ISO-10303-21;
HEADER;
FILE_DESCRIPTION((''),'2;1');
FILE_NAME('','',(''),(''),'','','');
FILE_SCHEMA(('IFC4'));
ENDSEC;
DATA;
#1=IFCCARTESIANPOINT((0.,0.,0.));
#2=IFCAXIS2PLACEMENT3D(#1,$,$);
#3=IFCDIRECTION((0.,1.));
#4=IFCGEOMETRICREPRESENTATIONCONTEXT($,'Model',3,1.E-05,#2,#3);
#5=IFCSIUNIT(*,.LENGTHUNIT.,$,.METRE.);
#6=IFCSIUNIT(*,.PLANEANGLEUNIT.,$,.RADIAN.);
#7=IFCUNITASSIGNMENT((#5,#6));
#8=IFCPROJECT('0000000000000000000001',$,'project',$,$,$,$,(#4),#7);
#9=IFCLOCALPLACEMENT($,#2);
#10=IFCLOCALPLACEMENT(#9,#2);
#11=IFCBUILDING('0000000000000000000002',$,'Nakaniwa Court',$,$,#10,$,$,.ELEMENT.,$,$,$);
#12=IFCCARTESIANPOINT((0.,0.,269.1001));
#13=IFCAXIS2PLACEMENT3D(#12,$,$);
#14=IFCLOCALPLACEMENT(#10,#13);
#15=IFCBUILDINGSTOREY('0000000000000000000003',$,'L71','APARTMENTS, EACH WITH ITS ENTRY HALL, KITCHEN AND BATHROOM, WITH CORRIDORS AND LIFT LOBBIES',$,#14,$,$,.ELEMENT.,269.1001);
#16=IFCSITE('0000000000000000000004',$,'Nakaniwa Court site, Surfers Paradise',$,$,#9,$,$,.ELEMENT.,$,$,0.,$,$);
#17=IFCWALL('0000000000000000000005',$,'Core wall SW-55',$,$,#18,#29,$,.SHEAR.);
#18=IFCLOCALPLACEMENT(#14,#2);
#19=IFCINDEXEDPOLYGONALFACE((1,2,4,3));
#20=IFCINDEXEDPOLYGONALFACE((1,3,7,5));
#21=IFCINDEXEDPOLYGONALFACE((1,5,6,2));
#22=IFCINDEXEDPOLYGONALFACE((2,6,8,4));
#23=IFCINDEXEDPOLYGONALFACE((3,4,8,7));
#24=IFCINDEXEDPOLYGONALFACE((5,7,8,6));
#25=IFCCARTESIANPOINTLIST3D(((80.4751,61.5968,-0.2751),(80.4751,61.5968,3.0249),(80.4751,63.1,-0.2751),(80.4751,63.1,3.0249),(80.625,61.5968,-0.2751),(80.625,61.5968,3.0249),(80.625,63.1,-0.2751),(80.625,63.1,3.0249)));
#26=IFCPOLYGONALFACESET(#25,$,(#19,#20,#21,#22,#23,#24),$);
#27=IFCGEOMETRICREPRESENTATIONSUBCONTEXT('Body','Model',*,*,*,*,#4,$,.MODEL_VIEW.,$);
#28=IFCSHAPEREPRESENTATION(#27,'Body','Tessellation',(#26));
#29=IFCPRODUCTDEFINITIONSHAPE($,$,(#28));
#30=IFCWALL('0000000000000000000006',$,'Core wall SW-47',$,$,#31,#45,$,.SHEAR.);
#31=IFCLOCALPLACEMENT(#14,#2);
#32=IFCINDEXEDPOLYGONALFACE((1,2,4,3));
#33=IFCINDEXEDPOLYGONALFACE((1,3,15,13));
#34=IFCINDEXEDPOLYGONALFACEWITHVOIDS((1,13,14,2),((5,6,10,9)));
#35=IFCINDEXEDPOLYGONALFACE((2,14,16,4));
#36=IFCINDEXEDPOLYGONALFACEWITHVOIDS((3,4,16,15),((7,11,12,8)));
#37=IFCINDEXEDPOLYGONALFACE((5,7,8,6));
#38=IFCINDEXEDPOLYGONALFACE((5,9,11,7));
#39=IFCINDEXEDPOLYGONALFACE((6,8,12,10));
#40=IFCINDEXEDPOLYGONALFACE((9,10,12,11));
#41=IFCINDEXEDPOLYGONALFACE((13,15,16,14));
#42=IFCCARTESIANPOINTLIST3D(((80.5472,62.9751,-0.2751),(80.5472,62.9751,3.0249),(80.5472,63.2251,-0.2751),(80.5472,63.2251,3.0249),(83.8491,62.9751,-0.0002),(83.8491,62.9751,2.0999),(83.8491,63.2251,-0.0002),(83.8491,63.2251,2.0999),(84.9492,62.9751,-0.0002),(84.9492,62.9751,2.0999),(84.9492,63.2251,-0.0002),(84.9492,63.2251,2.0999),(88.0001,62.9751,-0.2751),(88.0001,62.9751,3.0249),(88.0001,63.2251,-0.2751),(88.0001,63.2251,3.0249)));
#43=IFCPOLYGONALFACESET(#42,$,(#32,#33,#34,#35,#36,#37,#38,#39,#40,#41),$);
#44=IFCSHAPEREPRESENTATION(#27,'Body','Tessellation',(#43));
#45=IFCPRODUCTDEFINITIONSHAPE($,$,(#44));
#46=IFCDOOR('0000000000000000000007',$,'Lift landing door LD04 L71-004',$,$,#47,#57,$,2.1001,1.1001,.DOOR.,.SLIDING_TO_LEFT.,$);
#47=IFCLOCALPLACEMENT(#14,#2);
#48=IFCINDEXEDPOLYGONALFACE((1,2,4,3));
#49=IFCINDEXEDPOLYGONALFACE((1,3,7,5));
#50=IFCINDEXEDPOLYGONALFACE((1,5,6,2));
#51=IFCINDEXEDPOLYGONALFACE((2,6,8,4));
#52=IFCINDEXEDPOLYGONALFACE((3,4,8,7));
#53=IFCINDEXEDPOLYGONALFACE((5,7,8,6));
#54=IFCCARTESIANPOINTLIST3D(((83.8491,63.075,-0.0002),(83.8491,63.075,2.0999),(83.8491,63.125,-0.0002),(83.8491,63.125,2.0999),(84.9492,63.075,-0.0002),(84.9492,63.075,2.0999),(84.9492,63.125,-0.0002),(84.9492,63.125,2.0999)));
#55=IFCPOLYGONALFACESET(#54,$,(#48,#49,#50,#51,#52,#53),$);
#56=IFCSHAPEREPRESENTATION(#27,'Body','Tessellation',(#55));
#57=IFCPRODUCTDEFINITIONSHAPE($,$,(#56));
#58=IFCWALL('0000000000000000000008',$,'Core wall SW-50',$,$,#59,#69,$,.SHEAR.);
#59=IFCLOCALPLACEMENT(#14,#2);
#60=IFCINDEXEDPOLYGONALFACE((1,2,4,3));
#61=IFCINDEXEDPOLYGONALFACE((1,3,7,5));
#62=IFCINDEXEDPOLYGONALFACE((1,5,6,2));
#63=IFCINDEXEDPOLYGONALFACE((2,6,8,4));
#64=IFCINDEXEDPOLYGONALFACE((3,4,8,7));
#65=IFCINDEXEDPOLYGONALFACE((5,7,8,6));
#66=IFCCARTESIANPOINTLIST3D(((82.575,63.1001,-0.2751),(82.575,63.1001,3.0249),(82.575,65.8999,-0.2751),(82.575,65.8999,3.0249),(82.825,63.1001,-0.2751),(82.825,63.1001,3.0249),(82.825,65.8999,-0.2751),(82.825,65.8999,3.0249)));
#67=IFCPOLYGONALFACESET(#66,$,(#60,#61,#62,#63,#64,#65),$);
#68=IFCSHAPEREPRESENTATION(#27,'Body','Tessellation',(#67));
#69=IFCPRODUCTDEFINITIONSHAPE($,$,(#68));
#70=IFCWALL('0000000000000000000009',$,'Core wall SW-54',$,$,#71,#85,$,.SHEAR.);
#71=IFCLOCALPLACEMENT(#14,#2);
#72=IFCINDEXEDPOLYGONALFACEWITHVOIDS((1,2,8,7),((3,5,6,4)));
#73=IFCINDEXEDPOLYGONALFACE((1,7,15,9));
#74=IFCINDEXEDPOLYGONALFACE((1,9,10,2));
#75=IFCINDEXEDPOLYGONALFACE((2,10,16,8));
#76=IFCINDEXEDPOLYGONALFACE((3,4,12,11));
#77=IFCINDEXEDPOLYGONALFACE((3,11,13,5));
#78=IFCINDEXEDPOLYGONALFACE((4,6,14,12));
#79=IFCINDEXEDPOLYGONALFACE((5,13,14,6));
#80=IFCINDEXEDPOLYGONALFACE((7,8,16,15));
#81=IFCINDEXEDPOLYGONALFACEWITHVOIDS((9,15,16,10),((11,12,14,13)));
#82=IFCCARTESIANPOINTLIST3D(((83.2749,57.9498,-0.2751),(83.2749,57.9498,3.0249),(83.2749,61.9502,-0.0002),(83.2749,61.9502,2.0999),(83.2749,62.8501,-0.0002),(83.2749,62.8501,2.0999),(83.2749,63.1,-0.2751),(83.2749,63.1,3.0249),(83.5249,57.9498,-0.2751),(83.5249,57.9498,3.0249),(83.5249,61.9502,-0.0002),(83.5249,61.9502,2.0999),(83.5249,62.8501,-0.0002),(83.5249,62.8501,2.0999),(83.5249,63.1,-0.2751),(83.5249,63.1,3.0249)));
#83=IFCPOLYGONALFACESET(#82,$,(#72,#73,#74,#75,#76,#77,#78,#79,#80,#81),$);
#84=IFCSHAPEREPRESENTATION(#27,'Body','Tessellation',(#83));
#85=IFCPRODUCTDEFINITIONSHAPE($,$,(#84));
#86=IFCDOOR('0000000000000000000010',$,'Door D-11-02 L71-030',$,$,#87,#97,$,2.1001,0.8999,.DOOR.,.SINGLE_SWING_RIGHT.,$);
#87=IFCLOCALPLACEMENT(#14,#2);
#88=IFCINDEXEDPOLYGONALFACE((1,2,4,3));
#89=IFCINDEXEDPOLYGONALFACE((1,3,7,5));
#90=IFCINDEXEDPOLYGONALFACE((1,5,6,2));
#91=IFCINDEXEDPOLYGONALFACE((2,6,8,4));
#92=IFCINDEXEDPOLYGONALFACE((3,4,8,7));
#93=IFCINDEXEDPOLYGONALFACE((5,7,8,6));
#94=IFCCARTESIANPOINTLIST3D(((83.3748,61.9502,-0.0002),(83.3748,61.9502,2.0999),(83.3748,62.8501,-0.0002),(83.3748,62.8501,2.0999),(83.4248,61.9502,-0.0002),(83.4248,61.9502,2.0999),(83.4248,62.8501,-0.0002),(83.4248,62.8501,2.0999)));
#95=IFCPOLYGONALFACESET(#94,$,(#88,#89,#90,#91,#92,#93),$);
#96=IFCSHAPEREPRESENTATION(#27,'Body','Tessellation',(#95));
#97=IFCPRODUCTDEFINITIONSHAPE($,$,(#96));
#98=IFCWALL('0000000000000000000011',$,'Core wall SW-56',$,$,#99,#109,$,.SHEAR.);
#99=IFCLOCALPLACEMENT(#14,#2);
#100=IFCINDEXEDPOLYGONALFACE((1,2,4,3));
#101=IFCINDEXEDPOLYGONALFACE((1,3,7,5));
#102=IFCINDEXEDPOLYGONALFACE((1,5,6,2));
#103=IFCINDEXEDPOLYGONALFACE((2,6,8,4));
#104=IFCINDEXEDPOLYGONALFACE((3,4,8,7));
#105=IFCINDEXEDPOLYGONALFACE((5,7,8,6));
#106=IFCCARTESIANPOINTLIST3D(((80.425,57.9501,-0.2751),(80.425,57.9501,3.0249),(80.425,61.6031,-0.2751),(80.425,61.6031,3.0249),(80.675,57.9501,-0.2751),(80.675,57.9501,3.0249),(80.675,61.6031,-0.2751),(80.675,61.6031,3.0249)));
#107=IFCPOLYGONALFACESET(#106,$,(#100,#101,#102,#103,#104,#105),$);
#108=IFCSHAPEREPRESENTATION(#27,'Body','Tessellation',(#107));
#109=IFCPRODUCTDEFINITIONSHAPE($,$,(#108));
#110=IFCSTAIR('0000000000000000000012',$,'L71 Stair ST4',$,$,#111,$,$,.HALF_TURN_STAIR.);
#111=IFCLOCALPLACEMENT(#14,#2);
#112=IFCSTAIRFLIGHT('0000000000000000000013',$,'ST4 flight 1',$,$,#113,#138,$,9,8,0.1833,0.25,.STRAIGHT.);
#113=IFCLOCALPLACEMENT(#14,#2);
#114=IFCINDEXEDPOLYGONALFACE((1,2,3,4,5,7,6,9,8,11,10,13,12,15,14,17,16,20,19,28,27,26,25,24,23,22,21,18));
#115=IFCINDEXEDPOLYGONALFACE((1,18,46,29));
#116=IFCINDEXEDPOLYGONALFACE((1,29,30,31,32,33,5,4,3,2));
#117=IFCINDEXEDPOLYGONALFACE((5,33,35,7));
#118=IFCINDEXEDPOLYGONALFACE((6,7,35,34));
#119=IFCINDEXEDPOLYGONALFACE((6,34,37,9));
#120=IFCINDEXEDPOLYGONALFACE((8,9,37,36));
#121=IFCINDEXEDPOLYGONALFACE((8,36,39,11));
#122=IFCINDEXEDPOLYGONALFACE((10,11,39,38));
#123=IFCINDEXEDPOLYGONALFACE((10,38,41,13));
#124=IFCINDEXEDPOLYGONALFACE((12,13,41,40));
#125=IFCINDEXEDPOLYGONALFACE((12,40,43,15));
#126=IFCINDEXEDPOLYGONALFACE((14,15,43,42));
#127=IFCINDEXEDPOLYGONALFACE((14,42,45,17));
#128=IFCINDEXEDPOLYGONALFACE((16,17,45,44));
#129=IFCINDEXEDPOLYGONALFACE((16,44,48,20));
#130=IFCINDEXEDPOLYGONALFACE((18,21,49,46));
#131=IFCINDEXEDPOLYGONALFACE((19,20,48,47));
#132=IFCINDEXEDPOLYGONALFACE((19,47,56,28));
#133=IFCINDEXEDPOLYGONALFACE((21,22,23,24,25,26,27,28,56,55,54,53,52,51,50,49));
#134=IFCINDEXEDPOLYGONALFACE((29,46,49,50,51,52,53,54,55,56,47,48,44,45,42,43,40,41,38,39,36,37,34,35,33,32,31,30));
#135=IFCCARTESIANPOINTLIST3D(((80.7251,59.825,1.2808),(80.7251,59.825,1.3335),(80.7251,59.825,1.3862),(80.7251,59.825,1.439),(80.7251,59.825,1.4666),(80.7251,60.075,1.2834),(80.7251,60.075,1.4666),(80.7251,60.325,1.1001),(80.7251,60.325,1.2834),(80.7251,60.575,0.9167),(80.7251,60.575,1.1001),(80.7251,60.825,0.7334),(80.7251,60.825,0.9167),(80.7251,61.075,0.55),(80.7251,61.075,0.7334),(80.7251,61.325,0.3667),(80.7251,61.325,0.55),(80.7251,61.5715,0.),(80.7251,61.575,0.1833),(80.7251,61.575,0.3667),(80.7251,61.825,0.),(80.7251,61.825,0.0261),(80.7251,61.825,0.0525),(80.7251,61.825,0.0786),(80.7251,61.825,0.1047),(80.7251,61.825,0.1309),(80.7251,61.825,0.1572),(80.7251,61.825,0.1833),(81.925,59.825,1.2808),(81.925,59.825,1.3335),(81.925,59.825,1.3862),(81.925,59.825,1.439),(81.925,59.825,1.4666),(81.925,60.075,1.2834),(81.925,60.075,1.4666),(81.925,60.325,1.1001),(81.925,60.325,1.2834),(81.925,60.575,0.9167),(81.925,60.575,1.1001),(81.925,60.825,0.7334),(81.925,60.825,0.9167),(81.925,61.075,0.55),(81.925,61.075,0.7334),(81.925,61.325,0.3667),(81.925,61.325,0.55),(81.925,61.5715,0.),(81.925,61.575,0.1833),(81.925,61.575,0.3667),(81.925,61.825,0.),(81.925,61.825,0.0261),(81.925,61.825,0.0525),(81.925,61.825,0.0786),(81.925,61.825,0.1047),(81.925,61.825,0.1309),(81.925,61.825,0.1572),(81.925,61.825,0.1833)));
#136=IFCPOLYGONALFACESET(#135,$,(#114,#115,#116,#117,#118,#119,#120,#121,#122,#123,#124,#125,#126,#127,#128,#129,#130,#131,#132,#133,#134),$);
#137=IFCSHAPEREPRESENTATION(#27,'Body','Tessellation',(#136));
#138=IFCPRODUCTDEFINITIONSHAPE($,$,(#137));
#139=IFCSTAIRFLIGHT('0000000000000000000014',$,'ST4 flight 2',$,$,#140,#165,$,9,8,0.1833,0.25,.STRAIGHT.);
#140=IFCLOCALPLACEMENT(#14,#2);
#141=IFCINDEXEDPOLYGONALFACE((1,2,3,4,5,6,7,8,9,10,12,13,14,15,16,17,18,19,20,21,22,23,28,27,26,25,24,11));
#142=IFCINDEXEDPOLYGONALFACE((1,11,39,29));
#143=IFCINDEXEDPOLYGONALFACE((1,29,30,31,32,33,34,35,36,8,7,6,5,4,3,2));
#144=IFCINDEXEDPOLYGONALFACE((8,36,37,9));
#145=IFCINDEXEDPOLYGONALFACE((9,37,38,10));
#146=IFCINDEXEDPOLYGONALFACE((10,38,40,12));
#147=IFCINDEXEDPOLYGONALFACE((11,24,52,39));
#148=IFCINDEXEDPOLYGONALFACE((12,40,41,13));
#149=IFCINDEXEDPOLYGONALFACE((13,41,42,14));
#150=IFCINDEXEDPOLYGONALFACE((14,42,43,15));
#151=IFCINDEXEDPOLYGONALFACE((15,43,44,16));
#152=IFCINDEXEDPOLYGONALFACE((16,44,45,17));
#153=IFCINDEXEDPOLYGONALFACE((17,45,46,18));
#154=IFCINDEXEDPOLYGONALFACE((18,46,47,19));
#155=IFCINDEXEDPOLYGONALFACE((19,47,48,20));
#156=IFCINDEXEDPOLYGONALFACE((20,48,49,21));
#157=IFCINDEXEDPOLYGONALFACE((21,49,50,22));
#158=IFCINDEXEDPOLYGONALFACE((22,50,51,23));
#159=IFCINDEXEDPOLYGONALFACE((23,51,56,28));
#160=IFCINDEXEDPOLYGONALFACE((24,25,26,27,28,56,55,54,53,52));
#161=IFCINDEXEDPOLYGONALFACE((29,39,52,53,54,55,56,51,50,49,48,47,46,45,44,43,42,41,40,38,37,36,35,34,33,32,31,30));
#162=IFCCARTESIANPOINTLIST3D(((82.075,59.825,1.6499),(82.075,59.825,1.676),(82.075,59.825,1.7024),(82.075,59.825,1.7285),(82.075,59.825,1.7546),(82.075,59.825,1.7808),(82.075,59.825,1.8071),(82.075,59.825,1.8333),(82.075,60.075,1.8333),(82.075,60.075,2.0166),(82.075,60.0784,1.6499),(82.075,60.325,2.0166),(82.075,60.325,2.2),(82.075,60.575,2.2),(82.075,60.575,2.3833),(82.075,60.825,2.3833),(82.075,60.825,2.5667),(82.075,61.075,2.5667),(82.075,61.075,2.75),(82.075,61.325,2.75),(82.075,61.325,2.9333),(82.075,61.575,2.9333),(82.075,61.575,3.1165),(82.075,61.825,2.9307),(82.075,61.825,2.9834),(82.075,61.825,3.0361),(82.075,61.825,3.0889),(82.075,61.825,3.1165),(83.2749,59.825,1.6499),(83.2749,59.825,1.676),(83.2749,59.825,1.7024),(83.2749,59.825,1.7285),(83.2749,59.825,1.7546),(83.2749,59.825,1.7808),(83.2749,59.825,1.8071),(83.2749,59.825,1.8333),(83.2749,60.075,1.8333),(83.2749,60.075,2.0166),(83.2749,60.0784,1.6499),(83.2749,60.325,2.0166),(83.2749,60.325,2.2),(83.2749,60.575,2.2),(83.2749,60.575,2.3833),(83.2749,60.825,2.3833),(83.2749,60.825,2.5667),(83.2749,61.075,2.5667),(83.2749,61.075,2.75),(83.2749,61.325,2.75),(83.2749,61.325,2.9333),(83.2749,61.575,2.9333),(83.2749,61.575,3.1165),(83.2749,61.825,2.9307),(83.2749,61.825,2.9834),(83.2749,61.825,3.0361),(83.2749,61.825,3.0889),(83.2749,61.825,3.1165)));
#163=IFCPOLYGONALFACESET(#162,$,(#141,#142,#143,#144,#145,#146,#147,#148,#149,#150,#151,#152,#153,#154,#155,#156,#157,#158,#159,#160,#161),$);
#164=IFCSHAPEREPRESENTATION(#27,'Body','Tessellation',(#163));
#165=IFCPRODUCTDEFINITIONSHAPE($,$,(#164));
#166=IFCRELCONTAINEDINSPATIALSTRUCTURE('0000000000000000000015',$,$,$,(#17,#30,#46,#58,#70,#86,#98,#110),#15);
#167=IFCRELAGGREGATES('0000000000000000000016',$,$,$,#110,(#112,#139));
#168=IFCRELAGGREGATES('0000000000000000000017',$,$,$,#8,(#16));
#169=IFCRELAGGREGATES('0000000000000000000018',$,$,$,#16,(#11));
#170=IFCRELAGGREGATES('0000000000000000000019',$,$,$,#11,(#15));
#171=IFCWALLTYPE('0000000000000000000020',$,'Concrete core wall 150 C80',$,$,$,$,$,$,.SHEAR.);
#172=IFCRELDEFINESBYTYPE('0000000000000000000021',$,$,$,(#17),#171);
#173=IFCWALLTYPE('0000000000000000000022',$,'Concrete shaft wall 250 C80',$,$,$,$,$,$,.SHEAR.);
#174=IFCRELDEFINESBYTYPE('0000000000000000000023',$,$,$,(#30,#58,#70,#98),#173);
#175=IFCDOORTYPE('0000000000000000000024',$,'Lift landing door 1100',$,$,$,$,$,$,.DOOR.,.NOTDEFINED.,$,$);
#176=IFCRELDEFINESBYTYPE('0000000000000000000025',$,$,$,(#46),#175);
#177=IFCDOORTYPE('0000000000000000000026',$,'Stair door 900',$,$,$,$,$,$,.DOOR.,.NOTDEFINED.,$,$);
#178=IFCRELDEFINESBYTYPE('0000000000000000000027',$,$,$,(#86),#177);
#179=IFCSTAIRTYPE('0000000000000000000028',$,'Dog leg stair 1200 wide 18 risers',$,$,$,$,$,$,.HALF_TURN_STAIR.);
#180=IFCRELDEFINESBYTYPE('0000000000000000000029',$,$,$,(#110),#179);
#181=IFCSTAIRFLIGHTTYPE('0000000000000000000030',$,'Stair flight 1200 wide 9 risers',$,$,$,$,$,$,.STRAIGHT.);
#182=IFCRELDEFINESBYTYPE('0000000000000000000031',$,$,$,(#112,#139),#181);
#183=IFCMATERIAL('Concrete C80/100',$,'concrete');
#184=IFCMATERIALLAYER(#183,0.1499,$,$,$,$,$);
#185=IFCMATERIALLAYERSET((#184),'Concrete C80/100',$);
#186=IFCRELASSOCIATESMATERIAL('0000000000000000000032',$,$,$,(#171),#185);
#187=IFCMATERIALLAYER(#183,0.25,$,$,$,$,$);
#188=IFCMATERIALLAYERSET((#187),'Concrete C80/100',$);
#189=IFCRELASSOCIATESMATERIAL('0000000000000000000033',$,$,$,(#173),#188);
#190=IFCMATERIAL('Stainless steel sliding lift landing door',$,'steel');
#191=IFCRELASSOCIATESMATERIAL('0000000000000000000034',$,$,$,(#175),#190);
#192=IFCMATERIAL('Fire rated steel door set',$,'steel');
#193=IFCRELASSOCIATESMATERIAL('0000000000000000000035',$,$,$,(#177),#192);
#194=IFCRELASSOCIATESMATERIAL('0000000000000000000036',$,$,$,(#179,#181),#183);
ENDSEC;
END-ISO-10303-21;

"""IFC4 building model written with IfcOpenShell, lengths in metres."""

from ifc_helpers import new_model, si_unit, direction, frame, frame_2d, origin, place, context, subcontext, project, spatial, polyline, rectangle, outline, extrude, material, layer, layer_set, type_object, element, fill, aggregate, save


model = new_model("IFC4")

# Units and contexts
model_context = context("Model", 3, precision=1e-05, world=origin(), true_north=direction((0.0, 1.0)))
body_context = subcontext(model_context, "Body", "Model", "MODEL_VIEW")
ifc_project = project(units=[si_unit("LENGTHUNIT", "METRE"), si_unit("PLANEANGLEUNIT", "RADIAN")], contexts=[model_context])

# Site, building, storey
site_placement = place(None, origin())
site = spatial("IfcSite", under=ifc_project, at=site_placement, Name="Nakaniwa Court site, Surfers Paradise", CompositionType="ELEMENT", RefElevation=0.0)
building_placement = place(site_placement, origin())
building = spatial("IfcBuilding", under=site, at=building_placement, Name="Nakaniwa Court", CompositionType="ELEMENT")
storey_placement = place(building_placement, frame((0.0, 0.0, 269.1001)))
storey = spatial("IfcBuildingStorey", under=building, at=storey_placement, Name="L71", Description="APARTMENTS, EACH WITH ITS ENTRY HALL, KITCHEN AND BATHROOM, WITH CORRIDORS AND LIFT LOBBIES", CompositionType="ELEMENT", Elevation=269.1001)

# Shared definitions
ifc_material_1 = material(Name="Fire rated steel door set", Category="steel")

# Wall
ifc_material_2 = material(Name="Concrete C80/100", Category="concrete")
ifc_layer_1 = layer(ifc_material_2, 0.1499)
ifc_layer_set_1 = layer_set([ifc_layer_1], Name="Concrete C80/100")
wall_type_1 = type_object("IfcWallType", Name="Concrete core wall 150 C80", PredefinedType="SHEAR", material=ifc_layer_set_1)
wall_1_placement = place(storey_placement, frame((80.55, 61.5969, -0.2751), z_axis=(0.0, 0.0, 1.0), x_axis=(0.0, 1.0, 0.0)))
element("IfcWall", 1, at=wall_1_placement, inside=storey, type_object=wall_type_1, Name="Core wall SW-55", PredefinedType="SHEAR", context=body_context, shape_type="SweptSolid", body=[
    extrude(rectangle(XDim=1.5032, YDim=0.1499, at=frame_2d((0.7515, 0.0))), origin(), (0.0, 0.0, 1.0), 3.3),
])

# Wall, opening, door
ifc_layer_2 = layer(ifc_material_2, 0.25)
ifc_layer_set_2 = layer_set([ifc_layer_2], Name="Concrete C80/100")
wall_type_2 = type_object("IfcWallType", Name="Concrete shaft wall 250 C80", PredefinedType="SHEAR", material=ifc_layer_set_2)
wall_2_placement = place(storey_placement, frame((80.5471, 63.1001, -0.2751), z_axis=(0.0, 0.0, 1.0), x_axis=(1.0, 0.0, 0.0)))
wall_2 = element("IfcWall", 2, at=wall_2_placement, inside=storey, type_object=wall_type_2, Name="Core wall SW-47", PredefinedType="SHEAR", context=body_context, shape_type="SweptSolid", body=[
    extrude(rectangle(XDim=7.4529, YDim=0.25, at=frame_2d((3.7266, 0.0))), origin(), (0.0, 0.0, 1.0), 3.3),
])
opening_1_placement = place(wall_2_placement, frame((3.302, 0.0, 0.2749)))
opening_1 = element("IfcOpeningElement", 3, at=opening_1_placement, cuts=wall_2, PredefinedType="OPENING", context=body_context, shape_type="SweptSolid", body=[
    extrude(rectangle(XDim=1.1001, YDim=2.1001, at=frame_2d((0.55, 1.05))), frame((0.0, 0.135, 0.0), z_axis=(0.0, -1.0, 0.0), x_axis=(1.0, 0.0, 0.0)), (0.0, 0.0, 1.0), 0.27),
])
ifc_material_3 = material(Name="Stainless steel sliding lift landing door", Category="steel")
door_type_1 = type_object("IfcDoorType", Name="Lift landing door 1100", OperationType="NOTDEFINED", PredefinedType="DOOR", material=ifc_material_3)
door_1_placement = place(opening_1_placement, origin())
door_1 = element("IfcDoor", 4, at=door_1_placement, inside=storey, type_object=door_type_1, Name="Lift landing door LD04 L71-004", OperationType="SLIDING_TO_LEFT", OverallHeight=2.1001, OverallWidth=1.1001, PredefinedType="DOOR", context=body_context, shape_type="SweptSolid", body=[
    extrude(rectangle(XDim=1.1001, YDim=2.1001, at=frame_2d((0.55, 1.05))), frame((0.0, 0.0249, 0.0), z_axis=(0.0, -1.0, 0.0), x_axis=(1.0, 0.0, 0.0)), (0.0, 0.0, 1.0), 0.05),
])
fill(opening_1, door_1)

# Wall
wall_3_placement = place(storey_placement, frame((82.7, 63.1001, -0.2751), z_axis=(0.0, 0.0, 1.0), x_axis=(0.0, 1.0, 0.0)))
element("IfcWall", 5, at=wall_3_placement, inside=storey, type_object=wall_type_2, Name="Core wall SW-50", PredefinedType="SHEAR", context=body_context, shape_type="SweptSolid", body=[
    extrude(rectangle(XDim=2.7998, YDim=0.25, at=frame_2d((1.3999, 0.0))), origin(), (0.0, 0.0, 1.0), 3.3),
])

# Wall, opening, door
wall_4_placement = place(storey_placement, frame((83.3999, 63.1001, -0.2751), z_axis=(0.0, 0.0, 1.0), x_axis=(0.0, -1.0, 0.0)))
wall_4 = element("IfcWall", 6, at=wall_4_placement, inside=storey, type_object=wall_type_2, Name="Core wall SW-54", PredefinedType="SHEAR", context=body_context, shape_type="SweptSolid", body=[
    extrude(rectangle(XDim=5.1501, YDim=0.25, at=frame_2d((2.5752, 0.0))), origin(), (0.0, 0.0, 1.0), 3.3),
])
opening_2_placement = place(wall_4_placement, frame((0.25, 0.0, 0.2749)))
opening_2 = element("IfcOpeningElement", 7, at=opening_2_placement, cuts=wall_4, PredefinedType="OPENING", context=body_context, shape_type="SweptSolid", body=[
    extrude(rectangle(XDim=0.8999, YDim=2.1001, at=frame_2d((0.45, 1.05))), frame((0.0, 0.135, 0.0), z_axis=(0.0, -1.0, 0.0), x_axis=(1.0, 0.0, 0.0)), (0.0, 0.0, 1.0), 0.27),
])
door_type_2 = type_object("IfcDoorType", Name="Stair door 900", OperationType="NOTDEFINED", PredefinedType="DOOR", material=ifc_material_1)
door_2_placement = place(opening_2_placement, origin())
door_2 = element("IfcDoor", 8, at=door_2_placement, inside=storey, type_object=door_type_2, Name="Door D-11-02 L71-030", OperationType="SINGLE_SWING_RIGHT", OverallHeight=2.1001, OverallWidth=0.8999, PredefinedType="DOOR", context=body_context, shape_type="SweptSolid", body=[
    extrude(rectangle(XDim=0.8999, YDim=2.1001, at=frame_2d((0.45, 1.05))), frame((0.0, 0.0249, 0.0), z_axis=(0.0, -1.0, 0.0), x_axis=(1.0, 0.0, 0.0)), (0.0, 0.0, 1.0), 0.05),
])
fill(opening_2, door_2)

# Wall
wall_5_placement = place(storey_placement, frame((80.55, 57.95, -0.2751), z_axis=(0.0, 0.0, 1.0), x_axis=(0.0, 1.0, 0.0)))
element("IfcWall", 9, at=wall_5_placement, inside=storey, type_object=wall_type_2, Name="Core wall SW-56", PredefinedType="SHEAR", context=body_context, shape_type="SweptSolid", body=[
    extrude(rectangle(XDim=3.6531, YDim=0.25, at=frame_2d((1.8267, 0.0))), origin(), (0.0, 0.0, 1.0), 3.3),
])

# Stair, stair flights
stair_type = type_object("IfcStairType", Name="Dog leg stair 1200 wide 18 risers", PredefinedType="HALF_TURN_STAIR", material=ifc_material_2)
stair_placement = place(storey_placement, origin())
stair = element("IfcStair", 10, at=stair_placement, inside=storey, type_object=stair_type, Name="L71 Stair ST4", PredefinedType="HALF_TURN_STAIR")
stair_flight_type = type_object("IfcStairFlightType", Name="Stair flight 1200 wide 9 risers", PredefinedType="STRAIGHT", material=ifc_material_2)
stair_flight_1_placement = place(storey_placement, frame((81.325, 61.825, 0.0), z_axis=(0.0, 0.0, 1.0), x_axis=(0.0, -1.0, 0.0)))
stair_flight_1 = element("IfcStairFlight", 11, at=stair_flight_1_placement, type_object=stair_flight_type, Name="ST4 flight 1", NumberOfRisers=9, NumberOfTreads=8, PredefinedType="STRAIGHT", RiserHeight=0.1833, TreadLength=0.25, context=body_context, shape_type="SweptSolid", body=[
    extrude(outline(polyline([(0.0, 0.0), (0.0, 0.0261), (0.0, 0.0525), (0.0, 0.0786), (0.0, 0.1047), (0.0, 0.1309), (0.0, 0.1572), (0.0, 0.1833), (0.25, 0.1833), (0.25, 0.3667), (0.5, 0.3667), (0.5, 0.55), (0.75, 0.55), (0.75, 0.7334), (1.0, 0.7334), (1.0, 0.9167), (1.25, 0.9167), (1.25, 1.1001), (1.5, 1.1001), (1.5, 1.2834), (1.75, 1.2834), (1.75, 1.4666), (2.0, 1.4666), (2.0, 1.6499), (2.0, 1.5972), (2.0, 1.5444), (2.0, 1.4917), (2.0, 1.439), (2.0, 1.3862), (2.0, 1.3335), (2.0, 1.2808), (0.2534, 0.0), (0.0, 0.0)])), frame((0.0, 0.6001, 0.0), z_axis=(0.0, -1.0, 0.0), x_axis=(1.0, 0.0, 0.0)), (0.0, 0.0, 1.0), 1.2),
])
stair_flight_2_placement = place(storey_placement, frame((82.675, 59.825, 1.6499), z_axis=(0.0, 0.0, 1.0), x_axis=(0.0, 1.0, 0.0)))
stair_flight_2 = element("IfcStairFlight", 12, at=stair_flight_2_placement, type_object=stair_flight_type, Name="ST4 flight 2", NumberOfRisers=9, NumberOfTreads=8, PredefinedType="STRAIGHT", RiserHeight=0.1833, TreadLength=0.25, context=body_context, shape_type="SweptSolid", body=[
    extrude(outline(polyline([(0.0, 0.0), (0.0, 0.0261), (0.0, 0.0525), (0.0, 0.0786), (0.0, 0.1047), (0.0, 0.1309), (0.0, 0.1572), (0.0, 0.1833), (0.25, 0.1833), (0.25, 0.3667), (0.5, 0.3667), (0.5, 0.55), (0.75, 0.55), (0.75, 0.7334), (1.0, 0.7334), (1.0, 0.9167), (1.25, 0.9167), (1.25, 1.1001), (1.5, 1.1001), (1.5, 1.2834), (1.75, 1.2834), (1.75, 1.4666), (2.0, 1.4666), (2.0, 1.6499), (2.0, 1.5972), (2.0, 1.5444), (2.0, 1.4917), (2.0, 1.439), (2.0, 1.3862), (2.0, 1.3335), (2.0, 1.2808), (0.2534, 0.0), (0.0, 0.0)])), frame((0.0, 0.6001, 0.0), z_axis=(0.0, -1.0, 0.0), x_axis=(1.0, 0.0, 0.0)), (0.0, 0.0, 1.0), 1.2),
])
aggregate(stair, [stair_flight_1, stair_flight_2])

save(model, "model.ifc")
